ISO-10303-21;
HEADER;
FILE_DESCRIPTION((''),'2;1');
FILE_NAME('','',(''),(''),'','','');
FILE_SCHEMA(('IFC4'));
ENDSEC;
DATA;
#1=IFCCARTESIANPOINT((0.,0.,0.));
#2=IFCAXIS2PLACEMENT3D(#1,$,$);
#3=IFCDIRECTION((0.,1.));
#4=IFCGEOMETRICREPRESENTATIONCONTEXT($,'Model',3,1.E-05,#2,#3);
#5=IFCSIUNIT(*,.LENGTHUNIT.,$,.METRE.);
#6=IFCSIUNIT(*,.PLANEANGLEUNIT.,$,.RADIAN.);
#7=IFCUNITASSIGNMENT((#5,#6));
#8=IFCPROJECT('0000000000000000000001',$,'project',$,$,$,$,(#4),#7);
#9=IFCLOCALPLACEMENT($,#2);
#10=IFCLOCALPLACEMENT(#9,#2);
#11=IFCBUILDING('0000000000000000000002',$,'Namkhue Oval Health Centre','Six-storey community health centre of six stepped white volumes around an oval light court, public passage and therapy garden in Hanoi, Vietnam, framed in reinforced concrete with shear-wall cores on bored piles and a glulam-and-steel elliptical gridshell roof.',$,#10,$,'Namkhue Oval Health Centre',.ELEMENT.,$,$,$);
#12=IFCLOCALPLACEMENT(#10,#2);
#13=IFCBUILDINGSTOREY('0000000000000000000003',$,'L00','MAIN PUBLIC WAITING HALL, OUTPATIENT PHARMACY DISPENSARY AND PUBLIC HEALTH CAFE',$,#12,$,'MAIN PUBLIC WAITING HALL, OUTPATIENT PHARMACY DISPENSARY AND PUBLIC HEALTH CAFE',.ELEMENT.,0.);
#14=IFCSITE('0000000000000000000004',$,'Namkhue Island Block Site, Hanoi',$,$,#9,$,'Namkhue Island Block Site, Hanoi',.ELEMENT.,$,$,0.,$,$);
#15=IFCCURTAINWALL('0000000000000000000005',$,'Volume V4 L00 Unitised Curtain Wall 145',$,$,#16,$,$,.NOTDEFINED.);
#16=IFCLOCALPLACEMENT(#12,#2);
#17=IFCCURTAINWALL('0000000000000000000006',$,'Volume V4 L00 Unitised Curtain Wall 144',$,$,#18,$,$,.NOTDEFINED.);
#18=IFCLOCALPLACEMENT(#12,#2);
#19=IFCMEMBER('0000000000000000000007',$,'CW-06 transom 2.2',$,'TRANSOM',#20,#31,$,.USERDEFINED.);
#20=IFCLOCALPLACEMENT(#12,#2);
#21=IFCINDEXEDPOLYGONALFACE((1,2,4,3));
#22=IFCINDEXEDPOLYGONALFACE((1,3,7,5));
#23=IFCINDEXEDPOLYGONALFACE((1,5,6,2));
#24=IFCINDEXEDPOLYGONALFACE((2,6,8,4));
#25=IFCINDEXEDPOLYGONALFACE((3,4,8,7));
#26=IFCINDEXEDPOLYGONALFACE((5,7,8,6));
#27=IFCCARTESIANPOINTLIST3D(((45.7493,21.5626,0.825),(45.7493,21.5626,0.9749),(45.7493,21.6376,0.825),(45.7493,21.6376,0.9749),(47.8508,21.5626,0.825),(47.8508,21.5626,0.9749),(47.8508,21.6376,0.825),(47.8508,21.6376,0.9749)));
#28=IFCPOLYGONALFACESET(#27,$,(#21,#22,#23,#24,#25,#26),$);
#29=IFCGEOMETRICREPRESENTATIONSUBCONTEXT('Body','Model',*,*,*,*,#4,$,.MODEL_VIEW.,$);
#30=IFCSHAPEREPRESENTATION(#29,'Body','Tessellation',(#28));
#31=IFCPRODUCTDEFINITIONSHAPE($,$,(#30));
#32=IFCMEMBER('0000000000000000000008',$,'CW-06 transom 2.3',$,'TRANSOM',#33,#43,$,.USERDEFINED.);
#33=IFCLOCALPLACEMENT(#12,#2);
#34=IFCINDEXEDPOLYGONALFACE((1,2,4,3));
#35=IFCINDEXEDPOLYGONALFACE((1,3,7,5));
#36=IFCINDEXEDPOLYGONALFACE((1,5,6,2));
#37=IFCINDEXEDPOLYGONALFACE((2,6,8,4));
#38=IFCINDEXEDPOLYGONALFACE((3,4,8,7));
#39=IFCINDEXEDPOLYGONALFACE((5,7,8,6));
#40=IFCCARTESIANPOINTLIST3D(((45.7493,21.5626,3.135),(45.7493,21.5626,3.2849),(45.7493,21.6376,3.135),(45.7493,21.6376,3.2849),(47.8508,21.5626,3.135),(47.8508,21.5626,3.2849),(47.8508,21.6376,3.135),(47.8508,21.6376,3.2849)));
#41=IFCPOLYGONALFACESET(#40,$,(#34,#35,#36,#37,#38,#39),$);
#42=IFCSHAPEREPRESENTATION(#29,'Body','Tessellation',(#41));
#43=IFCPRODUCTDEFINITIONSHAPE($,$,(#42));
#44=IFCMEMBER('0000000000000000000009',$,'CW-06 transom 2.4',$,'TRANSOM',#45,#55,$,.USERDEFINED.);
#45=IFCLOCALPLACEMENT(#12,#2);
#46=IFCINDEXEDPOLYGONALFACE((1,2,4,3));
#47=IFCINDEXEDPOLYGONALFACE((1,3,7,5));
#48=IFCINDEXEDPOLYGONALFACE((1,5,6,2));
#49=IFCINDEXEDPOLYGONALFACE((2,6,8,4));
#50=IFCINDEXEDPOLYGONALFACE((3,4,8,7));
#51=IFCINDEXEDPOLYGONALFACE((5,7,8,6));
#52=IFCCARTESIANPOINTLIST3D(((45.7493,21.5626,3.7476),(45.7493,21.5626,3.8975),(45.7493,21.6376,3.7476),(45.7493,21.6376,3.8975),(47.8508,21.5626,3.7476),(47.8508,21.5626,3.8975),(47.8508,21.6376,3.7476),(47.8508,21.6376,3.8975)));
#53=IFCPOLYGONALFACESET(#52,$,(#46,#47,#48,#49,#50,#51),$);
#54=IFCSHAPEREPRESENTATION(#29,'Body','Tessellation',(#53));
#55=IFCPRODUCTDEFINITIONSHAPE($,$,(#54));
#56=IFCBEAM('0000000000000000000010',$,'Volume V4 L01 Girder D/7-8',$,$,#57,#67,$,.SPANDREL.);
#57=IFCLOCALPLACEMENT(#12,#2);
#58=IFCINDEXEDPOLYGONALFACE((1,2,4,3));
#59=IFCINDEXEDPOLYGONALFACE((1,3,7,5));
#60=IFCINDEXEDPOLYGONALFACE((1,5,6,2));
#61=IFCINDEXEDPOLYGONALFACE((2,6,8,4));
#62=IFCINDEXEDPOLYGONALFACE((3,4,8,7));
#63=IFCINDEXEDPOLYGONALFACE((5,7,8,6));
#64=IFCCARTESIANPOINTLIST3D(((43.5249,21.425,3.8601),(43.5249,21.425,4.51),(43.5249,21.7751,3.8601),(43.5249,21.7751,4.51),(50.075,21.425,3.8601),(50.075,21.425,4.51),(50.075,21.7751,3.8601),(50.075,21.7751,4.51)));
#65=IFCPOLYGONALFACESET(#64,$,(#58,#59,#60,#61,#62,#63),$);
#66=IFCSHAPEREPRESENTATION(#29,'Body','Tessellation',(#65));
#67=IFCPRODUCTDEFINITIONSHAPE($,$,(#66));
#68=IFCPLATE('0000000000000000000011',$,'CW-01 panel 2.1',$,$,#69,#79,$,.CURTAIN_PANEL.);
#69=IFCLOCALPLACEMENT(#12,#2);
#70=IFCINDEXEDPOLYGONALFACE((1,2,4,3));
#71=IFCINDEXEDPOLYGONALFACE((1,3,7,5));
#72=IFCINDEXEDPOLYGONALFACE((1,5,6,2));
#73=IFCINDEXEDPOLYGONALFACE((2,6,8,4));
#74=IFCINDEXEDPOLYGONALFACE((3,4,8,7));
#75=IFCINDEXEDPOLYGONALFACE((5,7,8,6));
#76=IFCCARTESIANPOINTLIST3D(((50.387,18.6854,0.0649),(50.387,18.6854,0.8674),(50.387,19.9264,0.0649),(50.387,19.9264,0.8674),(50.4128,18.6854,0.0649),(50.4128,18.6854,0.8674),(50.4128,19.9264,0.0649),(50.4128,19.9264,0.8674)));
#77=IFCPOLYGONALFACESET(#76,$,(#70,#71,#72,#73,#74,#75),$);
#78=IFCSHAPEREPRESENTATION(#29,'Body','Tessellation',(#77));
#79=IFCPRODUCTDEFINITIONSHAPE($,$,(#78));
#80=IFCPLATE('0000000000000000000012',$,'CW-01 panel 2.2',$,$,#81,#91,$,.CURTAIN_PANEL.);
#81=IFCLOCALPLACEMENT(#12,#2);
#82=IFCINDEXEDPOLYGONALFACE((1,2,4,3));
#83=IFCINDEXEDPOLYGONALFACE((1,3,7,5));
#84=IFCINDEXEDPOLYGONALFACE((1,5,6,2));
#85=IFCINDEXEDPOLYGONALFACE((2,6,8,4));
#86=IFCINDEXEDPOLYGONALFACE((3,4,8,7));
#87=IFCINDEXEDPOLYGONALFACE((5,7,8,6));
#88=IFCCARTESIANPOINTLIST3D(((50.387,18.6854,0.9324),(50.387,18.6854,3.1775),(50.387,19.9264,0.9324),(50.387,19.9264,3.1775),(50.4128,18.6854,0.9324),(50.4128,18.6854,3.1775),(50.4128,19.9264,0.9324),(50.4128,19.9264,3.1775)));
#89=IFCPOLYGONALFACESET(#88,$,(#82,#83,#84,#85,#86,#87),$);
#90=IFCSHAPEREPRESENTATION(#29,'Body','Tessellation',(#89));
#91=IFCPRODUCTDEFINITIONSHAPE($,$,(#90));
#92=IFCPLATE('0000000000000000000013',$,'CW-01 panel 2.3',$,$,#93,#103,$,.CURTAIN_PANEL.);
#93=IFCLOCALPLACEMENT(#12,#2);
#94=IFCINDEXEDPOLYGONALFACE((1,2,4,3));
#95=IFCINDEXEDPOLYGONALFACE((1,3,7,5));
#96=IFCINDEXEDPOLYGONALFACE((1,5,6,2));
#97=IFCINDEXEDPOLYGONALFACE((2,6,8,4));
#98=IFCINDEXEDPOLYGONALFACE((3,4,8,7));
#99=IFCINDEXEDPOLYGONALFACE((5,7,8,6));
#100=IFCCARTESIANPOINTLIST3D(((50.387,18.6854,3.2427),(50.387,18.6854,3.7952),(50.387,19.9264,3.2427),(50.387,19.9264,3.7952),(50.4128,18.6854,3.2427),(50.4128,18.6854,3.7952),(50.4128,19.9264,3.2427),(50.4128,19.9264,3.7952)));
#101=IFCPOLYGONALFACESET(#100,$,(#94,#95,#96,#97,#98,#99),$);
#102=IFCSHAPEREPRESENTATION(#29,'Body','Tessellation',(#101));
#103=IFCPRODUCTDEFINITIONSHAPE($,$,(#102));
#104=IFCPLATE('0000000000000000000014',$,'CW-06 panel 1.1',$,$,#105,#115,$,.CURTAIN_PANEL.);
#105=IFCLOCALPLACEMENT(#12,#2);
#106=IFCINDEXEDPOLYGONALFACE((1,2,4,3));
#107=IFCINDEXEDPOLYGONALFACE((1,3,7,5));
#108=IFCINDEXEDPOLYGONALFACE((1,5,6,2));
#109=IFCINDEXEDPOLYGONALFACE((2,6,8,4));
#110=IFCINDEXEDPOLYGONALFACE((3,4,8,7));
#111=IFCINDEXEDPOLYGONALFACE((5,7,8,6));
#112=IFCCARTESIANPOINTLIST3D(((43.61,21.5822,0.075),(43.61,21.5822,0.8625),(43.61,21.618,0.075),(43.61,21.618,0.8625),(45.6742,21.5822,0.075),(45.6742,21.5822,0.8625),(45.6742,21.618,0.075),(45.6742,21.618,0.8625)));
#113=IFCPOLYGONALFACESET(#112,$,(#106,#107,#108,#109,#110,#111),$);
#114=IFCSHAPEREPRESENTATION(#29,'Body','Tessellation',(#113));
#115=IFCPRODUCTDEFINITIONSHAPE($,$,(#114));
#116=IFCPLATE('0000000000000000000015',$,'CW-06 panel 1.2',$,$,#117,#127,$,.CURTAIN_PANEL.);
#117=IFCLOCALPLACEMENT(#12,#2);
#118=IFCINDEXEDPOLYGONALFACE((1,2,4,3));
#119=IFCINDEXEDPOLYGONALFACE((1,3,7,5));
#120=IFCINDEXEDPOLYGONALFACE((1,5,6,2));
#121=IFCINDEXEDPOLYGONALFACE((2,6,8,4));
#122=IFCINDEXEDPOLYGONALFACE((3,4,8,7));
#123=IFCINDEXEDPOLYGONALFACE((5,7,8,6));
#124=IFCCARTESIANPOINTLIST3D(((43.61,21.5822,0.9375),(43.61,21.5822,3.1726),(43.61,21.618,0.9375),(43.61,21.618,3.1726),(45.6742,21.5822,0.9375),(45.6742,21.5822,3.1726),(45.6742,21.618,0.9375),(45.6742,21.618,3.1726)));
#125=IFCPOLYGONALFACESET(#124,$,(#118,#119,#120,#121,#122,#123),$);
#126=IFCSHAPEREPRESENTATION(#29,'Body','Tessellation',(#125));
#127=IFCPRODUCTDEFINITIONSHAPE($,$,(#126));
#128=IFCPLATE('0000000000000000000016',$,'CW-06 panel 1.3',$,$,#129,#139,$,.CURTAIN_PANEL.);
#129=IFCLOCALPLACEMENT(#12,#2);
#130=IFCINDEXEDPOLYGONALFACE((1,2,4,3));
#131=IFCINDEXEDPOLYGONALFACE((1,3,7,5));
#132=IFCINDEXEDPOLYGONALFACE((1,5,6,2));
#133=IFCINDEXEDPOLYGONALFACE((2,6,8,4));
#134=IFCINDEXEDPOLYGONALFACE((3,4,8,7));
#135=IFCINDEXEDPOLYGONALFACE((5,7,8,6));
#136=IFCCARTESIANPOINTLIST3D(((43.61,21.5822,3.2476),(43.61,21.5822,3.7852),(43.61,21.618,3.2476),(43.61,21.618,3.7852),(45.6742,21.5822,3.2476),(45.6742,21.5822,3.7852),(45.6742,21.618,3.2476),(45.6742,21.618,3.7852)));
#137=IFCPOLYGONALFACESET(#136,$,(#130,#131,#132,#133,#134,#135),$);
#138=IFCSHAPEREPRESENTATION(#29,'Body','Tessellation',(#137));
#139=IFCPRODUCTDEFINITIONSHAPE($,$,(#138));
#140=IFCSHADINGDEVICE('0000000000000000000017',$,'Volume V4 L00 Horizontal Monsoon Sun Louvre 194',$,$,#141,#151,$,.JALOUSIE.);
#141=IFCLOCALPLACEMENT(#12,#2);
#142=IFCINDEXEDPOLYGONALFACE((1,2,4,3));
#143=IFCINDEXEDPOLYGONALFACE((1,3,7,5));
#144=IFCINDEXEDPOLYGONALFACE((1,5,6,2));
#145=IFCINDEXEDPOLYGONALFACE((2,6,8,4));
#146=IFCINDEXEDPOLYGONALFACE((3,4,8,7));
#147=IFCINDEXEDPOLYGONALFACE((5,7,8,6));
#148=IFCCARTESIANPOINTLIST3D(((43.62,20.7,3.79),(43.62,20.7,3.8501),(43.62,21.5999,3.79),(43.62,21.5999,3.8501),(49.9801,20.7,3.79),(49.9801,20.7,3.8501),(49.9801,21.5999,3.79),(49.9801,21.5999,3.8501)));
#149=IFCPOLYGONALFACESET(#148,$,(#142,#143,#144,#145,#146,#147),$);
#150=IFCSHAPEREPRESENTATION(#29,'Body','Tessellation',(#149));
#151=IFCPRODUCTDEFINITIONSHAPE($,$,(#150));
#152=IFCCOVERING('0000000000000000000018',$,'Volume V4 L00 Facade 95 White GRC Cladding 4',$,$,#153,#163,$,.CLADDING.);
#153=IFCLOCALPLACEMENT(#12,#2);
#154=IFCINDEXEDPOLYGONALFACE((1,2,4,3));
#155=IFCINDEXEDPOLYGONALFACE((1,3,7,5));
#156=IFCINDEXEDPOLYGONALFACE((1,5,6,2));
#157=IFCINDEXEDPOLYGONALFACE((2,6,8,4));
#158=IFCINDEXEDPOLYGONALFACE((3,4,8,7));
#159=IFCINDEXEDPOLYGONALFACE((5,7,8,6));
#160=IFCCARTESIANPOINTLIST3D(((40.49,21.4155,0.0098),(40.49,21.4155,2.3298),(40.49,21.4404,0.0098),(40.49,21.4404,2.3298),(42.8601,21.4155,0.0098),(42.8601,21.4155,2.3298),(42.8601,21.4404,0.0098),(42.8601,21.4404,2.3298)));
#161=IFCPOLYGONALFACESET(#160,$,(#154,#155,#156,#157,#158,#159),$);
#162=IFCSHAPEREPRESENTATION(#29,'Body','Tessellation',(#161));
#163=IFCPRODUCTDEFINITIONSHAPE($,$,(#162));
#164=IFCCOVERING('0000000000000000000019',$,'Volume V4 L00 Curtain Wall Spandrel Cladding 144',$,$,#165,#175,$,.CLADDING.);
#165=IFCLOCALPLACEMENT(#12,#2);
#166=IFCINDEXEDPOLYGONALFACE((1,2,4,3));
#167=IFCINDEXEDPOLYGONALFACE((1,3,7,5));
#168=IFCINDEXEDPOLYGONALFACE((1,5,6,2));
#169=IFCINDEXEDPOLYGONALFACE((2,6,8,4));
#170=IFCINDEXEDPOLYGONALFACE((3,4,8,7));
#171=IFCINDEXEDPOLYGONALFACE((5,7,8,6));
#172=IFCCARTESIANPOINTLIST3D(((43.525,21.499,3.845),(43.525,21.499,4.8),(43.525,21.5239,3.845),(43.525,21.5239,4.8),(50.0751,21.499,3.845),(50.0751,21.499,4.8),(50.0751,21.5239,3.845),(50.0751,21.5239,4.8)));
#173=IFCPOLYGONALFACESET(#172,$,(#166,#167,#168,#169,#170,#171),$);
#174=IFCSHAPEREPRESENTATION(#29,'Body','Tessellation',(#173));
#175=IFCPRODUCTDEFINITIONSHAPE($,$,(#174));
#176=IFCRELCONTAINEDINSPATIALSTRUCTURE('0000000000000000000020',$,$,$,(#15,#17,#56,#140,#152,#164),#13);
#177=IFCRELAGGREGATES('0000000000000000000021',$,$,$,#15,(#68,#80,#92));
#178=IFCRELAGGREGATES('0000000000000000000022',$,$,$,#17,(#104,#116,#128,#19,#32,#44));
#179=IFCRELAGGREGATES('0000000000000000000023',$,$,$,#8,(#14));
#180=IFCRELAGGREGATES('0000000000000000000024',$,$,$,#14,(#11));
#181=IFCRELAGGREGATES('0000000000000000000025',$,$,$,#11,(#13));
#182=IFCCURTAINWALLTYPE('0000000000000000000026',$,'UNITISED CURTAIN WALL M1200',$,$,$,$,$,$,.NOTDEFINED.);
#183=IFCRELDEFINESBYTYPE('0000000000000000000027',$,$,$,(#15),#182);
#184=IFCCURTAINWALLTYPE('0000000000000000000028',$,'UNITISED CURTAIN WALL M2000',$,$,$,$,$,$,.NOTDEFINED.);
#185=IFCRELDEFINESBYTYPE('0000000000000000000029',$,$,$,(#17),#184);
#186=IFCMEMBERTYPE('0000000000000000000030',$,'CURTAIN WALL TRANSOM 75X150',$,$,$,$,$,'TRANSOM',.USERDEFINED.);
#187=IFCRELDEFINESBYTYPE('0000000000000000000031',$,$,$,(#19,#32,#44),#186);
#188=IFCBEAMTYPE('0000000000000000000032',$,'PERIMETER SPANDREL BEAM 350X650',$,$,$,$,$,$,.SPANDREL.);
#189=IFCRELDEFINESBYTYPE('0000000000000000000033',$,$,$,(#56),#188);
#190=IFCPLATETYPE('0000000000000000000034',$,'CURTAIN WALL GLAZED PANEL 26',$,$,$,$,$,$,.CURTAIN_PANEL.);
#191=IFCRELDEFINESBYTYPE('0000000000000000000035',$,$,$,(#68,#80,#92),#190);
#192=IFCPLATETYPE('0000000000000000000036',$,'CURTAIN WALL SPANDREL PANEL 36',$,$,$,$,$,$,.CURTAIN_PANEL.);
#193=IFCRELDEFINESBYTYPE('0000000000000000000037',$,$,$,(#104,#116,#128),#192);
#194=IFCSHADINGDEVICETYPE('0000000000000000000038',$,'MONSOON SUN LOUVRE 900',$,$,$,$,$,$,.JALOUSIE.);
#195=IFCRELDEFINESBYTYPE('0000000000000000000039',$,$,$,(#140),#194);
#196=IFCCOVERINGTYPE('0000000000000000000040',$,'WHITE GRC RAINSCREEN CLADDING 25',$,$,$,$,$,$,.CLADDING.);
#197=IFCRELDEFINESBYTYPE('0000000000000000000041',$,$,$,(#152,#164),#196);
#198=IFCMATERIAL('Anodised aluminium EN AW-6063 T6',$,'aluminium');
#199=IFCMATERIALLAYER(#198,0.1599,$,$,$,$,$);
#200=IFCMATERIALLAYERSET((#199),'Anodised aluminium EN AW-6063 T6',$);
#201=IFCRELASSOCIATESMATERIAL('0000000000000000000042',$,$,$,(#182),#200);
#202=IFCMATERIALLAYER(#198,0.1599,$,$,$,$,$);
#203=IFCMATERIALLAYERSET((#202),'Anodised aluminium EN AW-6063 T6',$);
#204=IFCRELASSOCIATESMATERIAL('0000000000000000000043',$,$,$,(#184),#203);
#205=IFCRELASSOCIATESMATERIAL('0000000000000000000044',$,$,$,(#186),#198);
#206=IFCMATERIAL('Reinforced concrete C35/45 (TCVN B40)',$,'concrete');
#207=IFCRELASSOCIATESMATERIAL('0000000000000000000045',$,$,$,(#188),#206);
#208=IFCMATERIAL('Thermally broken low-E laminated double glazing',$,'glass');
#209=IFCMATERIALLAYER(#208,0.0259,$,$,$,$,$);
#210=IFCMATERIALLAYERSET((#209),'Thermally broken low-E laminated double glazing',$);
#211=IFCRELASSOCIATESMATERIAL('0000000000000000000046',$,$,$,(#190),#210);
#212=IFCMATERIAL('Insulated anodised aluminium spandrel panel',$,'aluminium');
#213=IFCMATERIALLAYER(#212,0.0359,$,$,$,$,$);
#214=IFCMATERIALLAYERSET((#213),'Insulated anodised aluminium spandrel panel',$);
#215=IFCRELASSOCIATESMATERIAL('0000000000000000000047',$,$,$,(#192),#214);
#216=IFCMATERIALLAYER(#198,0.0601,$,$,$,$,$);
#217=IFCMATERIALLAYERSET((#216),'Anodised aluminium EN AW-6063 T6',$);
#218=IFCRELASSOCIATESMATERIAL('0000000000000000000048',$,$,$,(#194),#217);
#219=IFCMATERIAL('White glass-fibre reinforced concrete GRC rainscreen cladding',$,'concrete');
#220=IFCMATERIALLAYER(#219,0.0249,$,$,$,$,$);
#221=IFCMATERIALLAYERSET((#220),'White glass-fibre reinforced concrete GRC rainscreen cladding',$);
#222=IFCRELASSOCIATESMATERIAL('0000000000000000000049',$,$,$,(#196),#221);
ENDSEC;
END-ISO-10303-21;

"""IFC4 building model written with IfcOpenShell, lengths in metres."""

from ifc_helpers import new_model, si_unit, direction, frame, origin, origin_2d, place, context, subcontext, project, spatial, rectangle, extrude, material, layer, layer_set, material_profile, profile_set, type_object, element, aggregate, save


model = new_model("IFC4")

# Units and contexts
model_context = context("Model", 3, precision=1e-05, world=origin(), true_north=direction((0.0, 1.0)))
body_context = subcontext(model_context, "Body", "Model", "MODEL_VIEW")
ifc_project = project(units=[si_unit("LENGTHUNIT", "METRE"), si_unit("PLANEANGLEUNIT", "RADIAN")], contexts=[model_context])

# Site, building, storey
site_placement = place(None, origin())
site = spatial("IfcSite", under=ifc_project, at=site_placement, Name="Namkhue Island Block Site, Hanoi", LongName="Namkhue Island Block Site, Hanoi", CompositionType="ELEMENT", RefElevation=0.0)
building_placement = place(site_placement, origin())
building = spatial("IfcBuilding", under=site, at=building_placement, Name="Namkhue Oval Health Centre", Description="Six-storey community health centre of six stepped white volumes around an oval light court, public passage and therapy garden in Hanoi, Vietnam, framed in reinforced concrete with shear-wall cores on bored piles and a glulam-and-steel elliptical gridshell roof.", LongName="Namkhue Oval Health Centre", CompositionType="ELEMENT")
storey_placement = place(building_placement, origin())
storey = spatial("IfcBuildingStorey", under=building, at=storey_placement, Name="L00", Description="MAIN PUBLIC WAITING HALL, OUTPATIENT PHARMACY DISPENSARY AND PUBLIC HEALTH CAFE", LongName="MAIN PUBLIC WAITING HALL, OUTPATIENT PHARMACY DISPENSARY AND PUBLIC HEALTH CAFE", CompositionType="ELEMENT", Elevation=0.0)

# Shared definitions
ifc_material_1 = material(Name="Reinforced concrete C35/45 (TCVN B40)", Category="concrete")

# Curtain wall
ifc_material_2 = material(Name="Anodised aluminium EN AW-6063 T6", Category="aluminium")
ifc_layer_1 = layer(ifc_material_2, 0.1599)
ifc_layer_set_1 = layer_set([ifc_layer_1], Name="Anodised aluminium EN AW-6063 T6")
curtain_wall_type_1 = type_object("IfcCurtainWallType", Name="UNITISED CURTAIN WALL M1200", PredefinedType="NOTDEFINED", material=ifc_layer_set_1)
curtain_wall_1_placement = place(storey_placement, origin())
curtain_wall_1 = element("IfcCurtainWall", 1, at=curtain_wall_1_placement, inside=storey, type_object=curtain_wall_type_1, Name="Volume V4 L00 Unitised Curtain Wall 145", PredefinedType="NOTDEFINED")

# Curtain wall
ifc_layer_2 = layer(ifc_material_2, 0.1599)
ifc_layer_set_2 = layer_set([ifc_layer_2], Name="Anodised aluminium EN AW-6063 T6")
curtain_wall_type_2 = type_object("IfcCurtainWallType", Name="UNITISED CURTAIN WALL M2000", PredefinedType="NOTDEFINED", material=ifc_layer_set_2)
curtain_wall_2_placement = place(storey_placement, origin())
curtain_wall_2 = element("IfcCurtainWall", 2, at=curtain_wall_2_placement, inside=storey, type_object=curtain_wall_type_2, Name="Volume V4 L00 Unitised Curtain Wall 144", PredefinedType="NOTDEFINED")

# Members
ifc_material_profile_1 = material_profile(ifc_material_2, rectangle(XDim=0.075, YDim=0.1499, at=origin_2d()), Name="ALU 75x150")
ifc_profile_set_1 = profile_set([ifc_material_profile_1], Name="Anodised aluminium EN AW-6063 T6")
member_type_1 = type_object("IfcMemberType", Name="CURTAIN WALL TRANSOM 75X150", ElementType="TRANSOM", PredefinedType="USERDEFINED", material=ifc_profile_set_1)
member_1_placement = place(storey_placement, frame((45.7493, 21.6001, 0.8999), z_axis=(1.0, 0.0, 0.0), x_axis=(0.0, 1.0, 0.0)))
member_1 = element("IfcMember", 3, at=member_1_placement, type_object=member_type_1, Name="CW-06 transom 2.2", ObjectType="TRANSOM", PredefinedType="USERDEFINED", context=body_context, shape_type="SweptSolid", body=[
    extrude(rectangle(XDim=0.075, YDim=0.1499, at=origin_2d()), origin(), (0.0, 0.0, 1.0), 2.1016),
])
member_2_placement = place(storey_placement, frame((45.7493, 21.6001, 3.21), z_axis=(1.0, 0.0, 0.0), x_axis=(0.0, 1.0, 0.0)))
member_2 = element("IfcMember", 4, at=member_2_placement, type_object=member_type_1, Name="CW-06 transom 2.3", ObjectType="TRANSOM", PredefinedType="USERDEFINED", context=body_context, shape_type="SweptSolid", body=[
    extrude(rectangle(XDim=0.075, YDim=0.1499, at=origin_2d()), origin(), (0.0, 0.0, 1.0), 2.1016),
])
member_3_placement = place(storey_placement, frame((45.7493, 21.6001, 3.8225), z_axis=(1.0, 0.0, 0.0), x_axis=(0.0, 1.0, 0.0)))
member_3 = element("IfcMember", 5, at=member_3_placement, type_object=member_type_1, Name="CW-06 transom 2.4", ObjectType="TRANSOM", PredefinedType="USERDEFINED", context=body_context, shape_type="SweptSolid", body=[
    extrude(rectangle(XDim=0.075, YDim=0.1499, at=origin_2d()), origin(), (0.0, 0.0, 1.0), 2.1016),
])

# Beam
ifc_material_profile_2 = material_profile(ifc_material_1, rectangle(XDim=0.3501, YDim=0.6499, at=origin_2d()), Name="RC 350x650")
ifc_profile_set_2 = profile_set([ifc_material_profile_2], Name="Reinforced concrete C35/45 (TCVN B40)")
beam_type = type_object("IfcBeamType", Name="PERIMETER SPANDREL BEAM 350X650", PredefinedType="SPANDREL", material=ifc_profile_set_2)
beam_placement = place(storey_placement, frame((43.5249, 21.6001, 4.1851), z_axis=(1.0, 0.0, 0.0), x_axis=(0.0, 1.0, 0.0)))
element("IfcBeam", 6, at=beam_placement, inside=storey, type_object=beam_type, Name="Volume V4 L01 Girder D/7-8", PredefinedType="SPANDREL", context=body_context, shape_type="SweptSolid", body=[
    extrude(rectangle(XDim=0.3501, YDim=0.6499, at=origin_2d()), origin(), (0.0, 0.0, 1.0), 6.55),
])

# Plates
ifc_material_3 = material(Name="Thermally broken low-E laminated double glazing", Category="glass")
ifc_layer_3 = layer(ifc_material_3, 0.0259)
ifc_layer_set_3 = layer_set([ifc_layer_3], Name="Thermally broken low-E laminated double glazing")
plate_type_1 = type_object("IfcPlateType", Name="CURTAIN WALL GLAZED PANEL 26", PredefinedType="CURTAIN_PANEL", material=ifc_layer_set_3)
plate_1_placement = place(storey_placement, frame((50.3999, 19.3059, 0.0649), z_axis=(0.0, 0.0, 1.0), x_axis=(0.0, -1.0, 0.0)))
plate_1 = element("IfcPlate", 7, at=plate_1_placement, type_object=plate_type_1, Name="CW-01 panel 2.1", PredefinedType="CURTAIN_PANEL", context=body_context, shape_type="SweptSolid", body=[
    extrude(rectangle(XDim=1.241, YDim=0.0259, at=origin_2d()), origin(), (0.0, 0.0, 1.0), 0.8025),
])
plate_2_placement = place(storey_placement, frame((50.3999, 19.3059, 0.9324), z_axis=(0.0, 0.0, 1.0), x_axis=(0.0, -1.0, 0.0)))
plate_2 = element("IfcPlate", 8, at=plate_2_placement, type_object=plate_type_1, Name="CW-01 panel 2.2", PredefinedType="CURTAIN_PANEL", context=body_context, shape_type="SweptSolid", body=[
    extrude(rectangle(XDim=1.241, YDim=0.0259, at=origin_2d()), origin(), (0.0, 0.0, 1.0), 2.2451),
])
plate_3_placement = place(storey_placement, frame((50.3999, 19.3059, 3.2427), z_axis=(0.0, 0.0, 1.0), x_axis=(0.0, -1.0, 0.0)))
plate_3 = element("IfcPlate", 9, at=plate_3_placement, type_object=plate_type_1, Name="CW-01 panel 2.3", PredefinedType="CURTAIN_PANEL", context=body_context, shape_type="SweptSolid", body=[
    extrude(rectangle(XDim=1.241, YDim=0.0259, at=origin_2d()), origin(), (0.0, 0.0, 1.0), 0.5525),
])
aggregate(curtain_wall_1, [plate_1, plate_2, plate_3])
ifc_material_4 = material(Name="Insulated anodised aluminium spandrel panel", Category="aluminium")
ifc_layer_4 = layer(ifc_material_4, 0.0359)
ifc_layer_set_4 = layer_set([ifc_layer_4], Name="Insulated anodised aluminium spandrel panel")
plate_type_2 = type_object("IfcPlateType", Name="CURTAIN WALL SPANDREL PANEL 36", PredefinedType="CURTAIN_PANEL", material=ifc_layer_set_4)
plate_4_placement = place(storey_placement, frame((44.6421, 21.6001, 0.075), z_axis=(0.0, 0.0, 1.0), x_axis=(1.0, 0.0, 0.0)))
plate_4 = element("IfcPlate", 10, at=plate_4_placement, type_object=plate_type_2, Name="CW-06 panel 1.1", PredefinedType="CURTAIN_PANEL", context=body_context, shape_type="SweptSolid", body=[
    extrude(rectangle(XDim=2.0642, YDim=0.0359, at=origin_2d()), origin(), (0.0, 0.0, 1.0), 0.7876),
])
plate_5_placement = place(storey_placement, frame((44.6421, 21.6001, 0.9375), z_axis=(0.0, 0.0, 1.0), x_axis=(1.0, 0.0, 0.0)))
plate_5 = element("IfcPlate", 11, at=plate_5_placement, type_object=plate_type_2, Name="CW-06 panel 1.2", PredefinedType="CURTAIN_PANEL", context=body_context, shape_type="SweptSolid", body=[
    extrude(rectangle(XDim=2.0642, YDim=0.0359, at=origin_2d()), origin(), (0.0, 0.0, 1.0), 2.2351),
])
plate_6_placement = place(storey_placement, frame((44.6421, 21.6001, 3.2476), z_axis=(0.0, 0.0, 1.0), x_axis=(1.0, 0.0, 0.0)))
plate_6 = element("IfcPlate", 12, at=plate_6_placement, type_object=plate_type_2, Name="CW-06 panel 1.3", PredefinedType="CURTAIN_PANEL", context=body_context, shape_type="SweptSolid", body=[
    extrude(rectangle(XDim=2.0642, YDim=0.0359, at=origin_2d()), origin(), (0.0, 0.0, 1.0), 0.5376),
])
aggregate(curtain_wall_2, [plate_4, plate_5, plate_6, member_1, member_2, member_3])

# Shading device
ifc_layer_5 = layer(ifc_material_2, 0.0601)
ifc_layer_set_5 = layer_set([ifc_layer_5], Name="Anodised aluminium EN AW-6063 T6")
shading_device_type = type_object("IfcShadingDeviceType", Name="MONSOON SUN LOUVRE 900", PredefinedType="JALOUSIE", material=ifc_layer_set_5)
shading_device_placement = place(storey_placement, frame((46.8, 21.1499, 3.79), z_axis=(0.0, 0.0, 1.0), x_axis=(1.0, 0.0, 0.0)))
element("IfcShadingDevice", 13, at=shading_device_placement, inside=storey, type_object=shading_device_type, Name="Volume V4 L00 Horizontal Monsoon Sun Louvre 194", PredefinedType="JALOUSIE", context=body_context, shape_type="SweptSolid", body=[
    extrude(rectangle(XDim=6.3601, YDim=0.8999, at=origin_2d()), origin(), (0.0, 0.0, 1.0), 0.0601),
])

# Coverings
ifc_material_5 = material(Name="White glass-fibre reinforced concrete GRC rainscreen cladding", Category="concrete")
ifc_layer_6 = layer(ifc_material_5, 0.0249)
ifc_layer_set_6 = layer_set([ifc_layer_6], Name="White glass-fibre reinforced concrete GRC rainscreen cladding")
covering_type = type_object("IfcCoveringType", Name="WHITE GRC RAINSCREEN CLADDING 25", PredefinedType="CLADDING", material=ifc_layer_set_6)
covering_1_placement = place(storey_placement, frame((41.675, 21.428, 0.0098), z_axis=(0.0, 0.0, 1.0), x_axis=(1.0, 0.0, 0.0)))
element("IfcCovering", 14, at=covering_1_placement, inside=storey, type_object=covering_type, Name="Volume V4 L00 Facade 95 White GRC Cladding 4", PredefinedType="CLADDING", context=body_context, shape_type="SweptSolid", body=[
    extrude(rectangle(XDim=2.3701, YDim=0.0249, at=origin_2d()), origin(), (0.0, 0.0, 1.0), 2.3201),
])
covering_2_placement = place(storey_placement, frame((46.8, 21.5115, 3.845), z_axis=(0.0, 0.0, 1.0), x_axis=(1.0, 0.0, 0.0)))
element("IfcCovering", 15, at=covering_2_placement, inside=storey, type_object=covering_type, Name="Volume V4 L00 Curtain Wall Spandrel Cladding 144", PredefinedType="CLADDING", context=body_context, shape_type="SweptSolid", body=[
    extrude(rectangle(XDim=6.55, YDim=0.0249, at=origin_2d()), origin(), (0.0, 0.0, 1.0), 0.9551),
])

save(model, "model.ifc")
